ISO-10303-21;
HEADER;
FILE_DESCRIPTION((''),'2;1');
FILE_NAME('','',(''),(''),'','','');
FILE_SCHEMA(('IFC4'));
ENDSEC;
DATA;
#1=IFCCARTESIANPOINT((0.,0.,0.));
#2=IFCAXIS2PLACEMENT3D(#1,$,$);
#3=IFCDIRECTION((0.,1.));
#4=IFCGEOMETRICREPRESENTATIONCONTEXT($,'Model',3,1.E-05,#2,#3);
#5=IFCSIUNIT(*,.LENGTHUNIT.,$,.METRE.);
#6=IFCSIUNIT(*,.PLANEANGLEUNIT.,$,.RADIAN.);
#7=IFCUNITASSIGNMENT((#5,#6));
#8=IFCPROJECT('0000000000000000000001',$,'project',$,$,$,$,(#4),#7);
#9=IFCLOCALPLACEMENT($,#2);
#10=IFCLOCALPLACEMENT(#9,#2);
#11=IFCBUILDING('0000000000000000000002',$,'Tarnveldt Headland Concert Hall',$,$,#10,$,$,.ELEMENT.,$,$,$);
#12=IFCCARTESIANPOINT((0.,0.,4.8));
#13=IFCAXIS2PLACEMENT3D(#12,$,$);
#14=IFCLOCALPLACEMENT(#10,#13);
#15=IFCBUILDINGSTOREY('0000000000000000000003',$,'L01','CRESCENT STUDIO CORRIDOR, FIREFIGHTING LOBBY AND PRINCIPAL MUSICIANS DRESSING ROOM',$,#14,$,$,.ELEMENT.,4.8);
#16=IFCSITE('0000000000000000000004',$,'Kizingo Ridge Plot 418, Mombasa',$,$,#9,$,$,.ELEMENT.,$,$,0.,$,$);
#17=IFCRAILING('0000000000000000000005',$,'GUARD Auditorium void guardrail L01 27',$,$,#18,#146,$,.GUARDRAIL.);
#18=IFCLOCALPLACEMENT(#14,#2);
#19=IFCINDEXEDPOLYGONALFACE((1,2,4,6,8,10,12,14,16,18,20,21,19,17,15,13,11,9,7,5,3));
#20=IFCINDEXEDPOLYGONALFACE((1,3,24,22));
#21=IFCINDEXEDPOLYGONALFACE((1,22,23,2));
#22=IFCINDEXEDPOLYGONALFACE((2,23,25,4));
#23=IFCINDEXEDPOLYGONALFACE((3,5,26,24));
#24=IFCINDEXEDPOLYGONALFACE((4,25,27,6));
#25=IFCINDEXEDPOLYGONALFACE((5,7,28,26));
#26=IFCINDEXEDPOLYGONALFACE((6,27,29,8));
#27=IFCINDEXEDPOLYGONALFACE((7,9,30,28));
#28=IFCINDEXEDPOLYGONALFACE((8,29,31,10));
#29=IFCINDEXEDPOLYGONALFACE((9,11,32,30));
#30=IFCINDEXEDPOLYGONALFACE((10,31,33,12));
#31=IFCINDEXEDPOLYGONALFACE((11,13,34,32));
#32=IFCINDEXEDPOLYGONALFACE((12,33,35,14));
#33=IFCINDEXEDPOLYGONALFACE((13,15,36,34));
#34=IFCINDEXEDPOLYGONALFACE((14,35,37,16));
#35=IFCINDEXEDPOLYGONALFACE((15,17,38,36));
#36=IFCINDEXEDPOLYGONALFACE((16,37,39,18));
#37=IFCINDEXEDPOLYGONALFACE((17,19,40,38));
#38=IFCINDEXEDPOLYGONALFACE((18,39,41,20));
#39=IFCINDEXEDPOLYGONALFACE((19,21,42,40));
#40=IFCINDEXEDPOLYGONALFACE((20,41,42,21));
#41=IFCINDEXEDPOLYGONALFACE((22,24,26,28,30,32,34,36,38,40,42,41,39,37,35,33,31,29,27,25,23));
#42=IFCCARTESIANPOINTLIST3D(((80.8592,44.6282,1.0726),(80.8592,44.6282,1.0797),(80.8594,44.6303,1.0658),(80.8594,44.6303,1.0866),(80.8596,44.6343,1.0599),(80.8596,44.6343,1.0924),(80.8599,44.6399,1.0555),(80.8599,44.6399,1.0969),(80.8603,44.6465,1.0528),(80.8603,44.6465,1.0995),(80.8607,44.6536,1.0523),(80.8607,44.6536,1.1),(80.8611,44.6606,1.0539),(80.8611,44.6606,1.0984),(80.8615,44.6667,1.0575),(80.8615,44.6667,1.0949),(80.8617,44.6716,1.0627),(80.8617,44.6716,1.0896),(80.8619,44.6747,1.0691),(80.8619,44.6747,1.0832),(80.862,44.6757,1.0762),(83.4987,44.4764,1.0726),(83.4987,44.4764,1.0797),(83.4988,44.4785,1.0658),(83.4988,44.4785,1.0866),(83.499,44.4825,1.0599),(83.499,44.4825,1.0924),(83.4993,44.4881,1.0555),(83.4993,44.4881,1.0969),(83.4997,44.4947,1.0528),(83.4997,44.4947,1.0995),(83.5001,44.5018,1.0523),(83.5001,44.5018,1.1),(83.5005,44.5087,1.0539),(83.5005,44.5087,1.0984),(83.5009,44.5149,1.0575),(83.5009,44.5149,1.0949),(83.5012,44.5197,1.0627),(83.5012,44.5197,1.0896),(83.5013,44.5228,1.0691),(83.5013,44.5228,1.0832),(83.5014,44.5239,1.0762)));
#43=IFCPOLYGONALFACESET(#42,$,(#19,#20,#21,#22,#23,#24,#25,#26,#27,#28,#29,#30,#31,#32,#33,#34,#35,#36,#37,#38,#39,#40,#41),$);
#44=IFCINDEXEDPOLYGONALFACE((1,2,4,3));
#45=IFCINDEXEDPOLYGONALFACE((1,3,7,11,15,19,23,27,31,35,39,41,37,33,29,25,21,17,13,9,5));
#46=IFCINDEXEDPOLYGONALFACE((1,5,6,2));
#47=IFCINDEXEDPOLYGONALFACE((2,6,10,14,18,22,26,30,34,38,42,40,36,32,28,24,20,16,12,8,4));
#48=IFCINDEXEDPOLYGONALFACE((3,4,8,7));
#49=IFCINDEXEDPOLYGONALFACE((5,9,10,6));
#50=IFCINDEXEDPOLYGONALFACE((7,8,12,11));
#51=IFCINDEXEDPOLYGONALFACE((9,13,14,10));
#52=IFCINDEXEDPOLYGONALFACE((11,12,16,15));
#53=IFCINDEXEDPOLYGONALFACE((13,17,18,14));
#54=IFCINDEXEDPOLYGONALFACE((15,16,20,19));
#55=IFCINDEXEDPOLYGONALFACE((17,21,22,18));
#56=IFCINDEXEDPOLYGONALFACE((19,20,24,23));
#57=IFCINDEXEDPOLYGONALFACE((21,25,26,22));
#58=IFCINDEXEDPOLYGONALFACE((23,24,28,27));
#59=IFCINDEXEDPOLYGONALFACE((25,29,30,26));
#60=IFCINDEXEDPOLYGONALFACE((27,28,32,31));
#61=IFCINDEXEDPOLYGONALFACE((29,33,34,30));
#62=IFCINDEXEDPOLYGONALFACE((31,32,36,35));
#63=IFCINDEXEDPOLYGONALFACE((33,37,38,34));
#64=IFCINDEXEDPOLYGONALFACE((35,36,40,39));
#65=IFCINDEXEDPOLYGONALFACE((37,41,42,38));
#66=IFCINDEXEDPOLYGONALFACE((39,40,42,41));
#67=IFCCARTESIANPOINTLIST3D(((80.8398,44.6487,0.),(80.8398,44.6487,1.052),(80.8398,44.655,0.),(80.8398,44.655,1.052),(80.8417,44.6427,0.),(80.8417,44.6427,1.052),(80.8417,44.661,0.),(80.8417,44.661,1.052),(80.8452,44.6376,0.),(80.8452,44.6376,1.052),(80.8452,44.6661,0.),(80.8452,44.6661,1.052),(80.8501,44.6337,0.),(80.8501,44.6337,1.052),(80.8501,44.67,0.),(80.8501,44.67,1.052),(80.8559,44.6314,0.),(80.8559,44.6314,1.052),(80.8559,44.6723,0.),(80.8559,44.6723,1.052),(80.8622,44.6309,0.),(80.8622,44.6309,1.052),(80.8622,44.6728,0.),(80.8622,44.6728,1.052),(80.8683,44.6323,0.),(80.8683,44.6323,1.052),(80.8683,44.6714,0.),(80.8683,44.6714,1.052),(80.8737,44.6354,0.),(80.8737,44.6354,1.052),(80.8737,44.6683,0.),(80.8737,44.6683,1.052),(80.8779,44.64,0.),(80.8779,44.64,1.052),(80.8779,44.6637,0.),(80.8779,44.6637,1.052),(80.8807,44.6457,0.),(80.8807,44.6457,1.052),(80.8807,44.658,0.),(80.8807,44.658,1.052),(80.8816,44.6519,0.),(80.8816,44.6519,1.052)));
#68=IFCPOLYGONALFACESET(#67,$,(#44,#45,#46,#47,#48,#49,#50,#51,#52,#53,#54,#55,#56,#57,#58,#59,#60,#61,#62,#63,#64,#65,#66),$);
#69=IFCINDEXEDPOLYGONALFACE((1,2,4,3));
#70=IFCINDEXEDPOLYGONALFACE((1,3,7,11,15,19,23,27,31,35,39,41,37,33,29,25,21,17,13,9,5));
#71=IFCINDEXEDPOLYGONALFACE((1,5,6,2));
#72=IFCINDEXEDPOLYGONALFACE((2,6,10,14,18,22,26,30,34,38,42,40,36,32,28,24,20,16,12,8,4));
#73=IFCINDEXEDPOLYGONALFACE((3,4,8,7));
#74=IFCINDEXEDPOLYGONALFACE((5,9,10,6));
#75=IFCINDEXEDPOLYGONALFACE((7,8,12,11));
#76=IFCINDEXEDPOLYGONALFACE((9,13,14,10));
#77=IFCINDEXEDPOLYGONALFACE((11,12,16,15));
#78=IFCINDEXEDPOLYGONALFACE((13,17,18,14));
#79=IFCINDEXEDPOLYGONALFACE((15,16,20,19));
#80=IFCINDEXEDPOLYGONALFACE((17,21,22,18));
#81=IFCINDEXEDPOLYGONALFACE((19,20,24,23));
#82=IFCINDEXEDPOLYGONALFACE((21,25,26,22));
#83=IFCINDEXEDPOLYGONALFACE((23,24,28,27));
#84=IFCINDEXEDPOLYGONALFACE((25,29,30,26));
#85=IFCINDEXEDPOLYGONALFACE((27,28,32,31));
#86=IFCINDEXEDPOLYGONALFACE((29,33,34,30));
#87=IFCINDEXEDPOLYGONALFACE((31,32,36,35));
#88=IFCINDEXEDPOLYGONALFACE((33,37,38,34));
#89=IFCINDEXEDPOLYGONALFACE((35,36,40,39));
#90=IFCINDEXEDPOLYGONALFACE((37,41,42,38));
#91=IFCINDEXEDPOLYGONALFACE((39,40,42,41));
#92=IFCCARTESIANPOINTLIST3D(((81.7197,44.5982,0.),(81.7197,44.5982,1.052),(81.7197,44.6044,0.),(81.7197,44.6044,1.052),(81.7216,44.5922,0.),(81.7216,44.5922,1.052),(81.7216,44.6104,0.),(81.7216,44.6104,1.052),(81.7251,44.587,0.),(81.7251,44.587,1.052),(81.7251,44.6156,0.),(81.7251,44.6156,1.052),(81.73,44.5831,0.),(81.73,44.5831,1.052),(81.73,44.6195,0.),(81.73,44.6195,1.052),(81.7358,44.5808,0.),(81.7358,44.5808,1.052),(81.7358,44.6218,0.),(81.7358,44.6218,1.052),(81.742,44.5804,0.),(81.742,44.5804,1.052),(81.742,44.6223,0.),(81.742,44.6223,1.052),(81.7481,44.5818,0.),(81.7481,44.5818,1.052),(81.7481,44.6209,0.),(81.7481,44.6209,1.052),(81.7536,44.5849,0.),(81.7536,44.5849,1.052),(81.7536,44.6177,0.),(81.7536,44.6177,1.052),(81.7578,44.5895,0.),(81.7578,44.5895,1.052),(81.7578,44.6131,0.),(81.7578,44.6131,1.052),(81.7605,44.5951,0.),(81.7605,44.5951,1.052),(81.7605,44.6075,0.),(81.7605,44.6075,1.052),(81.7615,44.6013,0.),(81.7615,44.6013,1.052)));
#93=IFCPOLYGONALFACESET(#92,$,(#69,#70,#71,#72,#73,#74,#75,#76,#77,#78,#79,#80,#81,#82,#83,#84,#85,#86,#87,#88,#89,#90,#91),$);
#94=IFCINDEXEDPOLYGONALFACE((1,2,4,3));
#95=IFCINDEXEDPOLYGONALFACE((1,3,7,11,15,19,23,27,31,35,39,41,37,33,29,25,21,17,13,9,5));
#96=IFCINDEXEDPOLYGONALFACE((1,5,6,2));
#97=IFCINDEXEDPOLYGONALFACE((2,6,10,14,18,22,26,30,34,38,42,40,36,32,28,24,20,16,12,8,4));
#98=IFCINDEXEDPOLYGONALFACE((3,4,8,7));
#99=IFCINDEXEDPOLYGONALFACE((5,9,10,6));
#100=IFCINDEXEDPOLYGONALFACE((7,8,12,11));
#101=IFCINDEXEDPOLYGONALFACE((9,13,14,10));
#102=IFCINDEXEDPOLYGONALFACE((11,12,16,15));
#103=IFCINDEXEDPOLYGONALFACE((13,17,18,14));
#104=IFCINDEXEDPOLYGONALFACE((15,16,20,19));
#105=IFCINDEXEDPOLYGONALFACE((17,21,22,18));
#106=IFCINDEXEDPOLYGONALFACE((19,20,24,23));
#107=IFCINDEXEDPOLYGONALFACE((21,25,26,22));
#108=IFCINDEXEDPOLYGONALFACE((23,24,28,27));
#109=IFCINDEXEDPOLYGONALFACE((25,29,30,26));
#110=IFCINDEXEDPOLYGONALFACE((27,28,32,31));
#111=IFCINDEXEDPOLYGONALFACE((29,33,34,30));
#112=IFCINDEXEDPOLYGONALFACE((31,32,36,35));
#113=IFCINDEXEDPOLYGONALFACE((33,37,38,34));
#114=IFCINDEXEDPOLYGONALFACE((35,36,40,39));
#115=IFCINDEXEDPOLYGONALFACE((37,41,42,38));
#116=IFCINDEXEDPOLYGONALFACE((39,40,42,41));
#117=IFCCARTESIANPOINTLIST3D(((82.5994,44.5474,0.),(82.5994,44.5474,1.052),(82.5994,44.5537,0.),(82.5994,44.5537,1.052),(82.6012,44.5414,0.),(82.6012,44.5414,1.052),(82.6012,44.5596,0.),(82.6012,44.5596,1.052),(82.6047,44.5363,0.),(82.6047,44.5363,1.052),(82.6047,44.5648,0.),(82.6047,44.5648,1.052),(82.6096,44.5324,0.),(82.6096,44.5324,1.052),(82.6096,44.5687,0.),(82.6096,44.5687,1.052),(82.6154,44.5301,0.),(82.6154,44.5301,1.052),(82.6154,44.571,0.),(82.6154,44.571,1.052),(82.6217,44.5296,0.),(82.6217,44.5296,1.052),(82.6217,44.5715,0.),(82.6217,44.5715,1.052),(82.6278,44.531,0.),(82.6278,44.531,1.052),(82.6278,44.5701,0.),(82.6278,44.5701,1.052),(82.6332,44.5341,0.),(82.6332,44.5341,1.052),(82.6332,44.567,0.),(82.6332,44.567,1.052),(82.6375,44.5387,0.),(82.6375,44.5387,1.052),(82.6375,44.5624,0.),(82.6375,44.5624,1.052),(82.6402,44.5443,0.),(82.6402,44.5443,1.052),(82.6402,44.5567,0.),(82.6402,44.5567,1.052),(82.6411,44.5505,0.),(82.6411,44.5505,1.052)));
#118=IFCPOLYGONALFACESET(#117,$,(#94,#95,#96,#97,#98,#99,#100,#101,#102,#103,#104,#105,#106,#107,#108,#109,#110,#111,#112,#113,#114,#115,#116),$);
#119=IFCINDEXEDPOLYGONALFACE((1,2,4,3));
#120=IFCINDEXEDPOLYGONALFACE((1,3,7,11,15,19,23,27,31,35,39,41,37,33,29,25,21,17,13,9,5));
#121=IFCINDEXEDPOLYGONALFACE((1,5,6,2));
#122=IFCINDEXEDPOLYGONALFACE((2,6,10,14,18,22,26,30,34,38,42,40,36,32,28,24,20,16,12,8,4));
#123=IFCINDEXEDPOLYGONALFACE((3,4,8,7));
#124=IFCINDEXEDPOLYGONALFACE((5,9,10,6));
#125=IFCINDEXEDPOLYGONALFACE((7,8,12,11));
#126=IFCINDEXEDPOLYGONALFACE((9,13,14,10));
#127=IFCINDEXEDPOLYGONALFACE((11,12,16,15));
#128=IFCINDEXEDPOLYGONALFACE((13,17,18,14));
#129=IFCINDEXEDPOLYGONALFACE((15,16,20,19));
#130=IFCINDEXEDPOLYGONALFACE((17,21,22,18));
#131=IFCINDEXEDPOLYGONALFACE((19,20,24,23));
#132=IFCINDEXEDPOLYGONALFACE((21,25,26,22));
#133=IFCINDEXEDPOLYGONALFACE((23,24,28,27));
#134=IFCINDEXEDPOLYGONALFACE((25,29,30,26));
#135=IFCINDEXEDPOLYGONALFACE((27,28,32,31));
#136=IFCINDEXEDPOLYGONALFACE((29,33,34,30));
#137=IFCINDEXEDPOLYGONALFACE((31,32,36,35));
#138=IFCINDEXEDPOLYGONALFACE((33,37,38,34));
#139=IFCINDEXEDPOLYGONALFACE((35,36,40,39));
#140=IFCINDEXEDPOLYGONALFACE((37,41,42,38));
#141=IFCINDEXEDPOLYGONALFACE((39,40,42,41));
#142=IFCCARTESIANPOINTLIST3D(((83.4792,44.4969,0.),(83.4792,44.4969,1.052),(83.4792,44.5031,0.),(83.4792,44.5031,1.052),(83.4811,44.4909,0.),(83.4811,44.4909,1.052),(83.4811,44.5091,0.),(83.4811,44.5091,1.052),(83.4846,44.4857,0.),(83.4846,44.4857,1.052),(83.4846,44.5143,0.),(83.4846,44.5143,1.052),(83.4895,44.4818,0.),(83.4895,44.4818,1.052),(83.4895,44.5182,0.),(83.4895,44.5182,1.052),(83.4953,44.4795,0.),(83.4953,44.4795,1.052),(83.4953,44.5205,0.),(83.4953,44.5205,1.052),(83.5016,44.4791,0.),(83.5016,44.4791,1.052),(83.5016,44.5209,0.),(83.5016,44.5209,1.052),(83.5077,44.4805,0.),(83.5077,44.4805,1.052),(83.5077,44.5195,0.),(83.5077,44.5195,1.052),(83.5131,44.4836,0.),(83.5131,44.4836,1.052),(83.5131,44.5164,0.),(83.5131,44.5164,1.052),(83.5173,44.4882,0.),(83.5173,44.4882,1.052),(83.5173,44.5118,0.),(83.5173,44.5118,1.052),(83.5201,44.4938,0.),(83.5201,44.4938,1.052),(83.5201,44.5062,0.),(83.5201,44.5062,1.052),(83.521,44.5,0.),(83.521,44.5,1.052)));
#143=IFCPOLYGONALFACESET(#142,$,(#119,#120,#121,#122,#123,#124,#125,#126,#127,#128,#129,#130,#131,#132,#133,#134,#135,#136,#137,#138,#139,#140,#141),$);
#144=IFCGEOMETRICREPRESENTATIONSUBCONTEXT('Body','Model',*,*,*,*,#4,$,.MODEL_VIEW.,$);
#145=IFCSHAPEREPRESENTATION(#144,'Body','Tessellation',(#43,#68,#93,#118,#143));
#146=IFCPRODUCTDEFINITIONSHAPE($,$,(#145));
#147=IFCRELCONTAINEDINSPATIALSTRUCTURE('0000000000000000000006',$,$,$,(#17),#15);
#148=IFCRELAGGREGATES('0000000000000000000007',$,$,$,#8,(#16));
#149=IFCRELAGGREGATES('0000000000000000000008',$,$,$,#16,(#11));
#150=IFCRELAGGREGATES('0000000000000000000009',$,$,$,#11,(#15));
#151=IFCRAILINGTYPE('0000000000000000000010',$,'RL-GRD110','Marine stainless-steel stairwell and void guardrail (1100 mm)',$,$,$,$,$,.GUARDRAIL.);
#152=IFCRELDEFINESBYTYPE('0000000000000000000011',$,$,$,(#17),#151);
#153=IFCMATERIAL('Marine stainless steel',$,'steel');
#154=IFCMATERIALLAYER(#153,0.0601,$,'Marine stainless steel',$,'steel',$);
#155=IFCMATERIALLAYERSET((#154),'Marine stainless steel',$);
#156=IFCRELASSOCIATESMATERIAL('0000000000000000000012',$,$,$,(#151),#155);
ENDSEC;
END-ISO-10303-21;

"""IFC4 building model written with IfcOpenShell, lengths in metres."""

from ifc_helpers import new_model, si_unit, direction, frame, origin, origin_2d, place, context, subcontext, project, spatial, circle, extrude, material, layer, layer_set, type_object, element, save


model = new_model("IFC4")

# Units and contexts
model_context = context("Model", 3, precision=1e-05, world=origin(), true_north=direction((0.0, 1.0)))
body_context = subcontext(model_context, "Body", "Model", "MODEL_VIEW")
ifc_project = project(units=[si_unit("LENGTHUNIT", "METRE"), si_unit("PLANEANGLEUNIT", "RADIAN")], contexts=[model_context])

# Site, building, storey
site_placement = place(None, origin())
site = spatial("IfcSite", under=ifc_project, at=site_placement, Name="Kizingo Ridge Plot 418, Mombasa", CompositionType="ELEMENT", RefElevation=0.0)
building_placement = place(site_placement, origin())
building = spatial("IfcBuilding", under=site, at=building_placement, Name="Tarnveldt Headland Concert Hall", CompositionType="ELEMENT")
storey_placement = place(building_placement, frame((0.0, 0.0, 4.8)))
storey = spatial("IfcBuildingStorey", under=building, at=storey_placement, Name="L01", Description="CRESCENT STUDIO CORRIDOR, FIREFIGHTING LOBBY AND PRINCIPAL MUSICIANS DRESSING ROOM", CompositionType="ELEMENT", Elevation=4.8)

# Railing
ifc_material_1 = material(Name="Marine stainless steel", Category="steel")
ifc_layer_1 = layer(ifc_material_1, 0.0601, Name="Marine stainless steel", Category="steel")
ifc_layer_set_1 = layer_set([ifc_layer_1], Name="Marine stainless steel")
railing_type = type_object("IfcRailingType", Name="RL-GRD110", Description="Marine stainless-steel stairwell and void guardrail (1100 mm)", PredefinedType="GUARDRAIL", material=ifc_layer_set_1)
railing_1_placement = place(storey_placement, frame((80.8606, 44.6519, 0.0)))
element("IfcRailing", 1, at=railing_1_placement, inside=storey, type_object=railing_type, Name="GUARD Auditorium void guardrail L01 27", PredefinedType="GUARDRAIL", context=body_context, shape_type="SweptSolid", body=[
    extrude(circle(Radius=0.0239, at=origin_2d()), frame((0.0, 0.0, 1.0762), z_axis=(0.998349, -0.057439, 0.0), x_axis=(0.057439, 0.998349, 0.0)), (0.0, 0.0, 1.0), 2.6438),
    extrude(circle(Radius=0.021, at=origin_2d()), origin(), (0.0, 0.0, 1.0), 1.052),
    extrude(circle(Radius=0.021, at=origin_2d()), frame((0.8799, -0.0505, 0.0)), (0.0, 0.0, 1.0), 1.052),
    extrude(circle(Radius=0.021, at=origin_2d()), frame((1.7595, -0.1013, 0.0)), (0.0, 0.0, 1.0), 1.052),
    extrude(circle(Radius=0.021, at=origin_2d()), frame((2.6394, -0.1519, 0.0)), (0.0, 0.0, 1.0), 1.052),
])

save(model, "model.ifc")
